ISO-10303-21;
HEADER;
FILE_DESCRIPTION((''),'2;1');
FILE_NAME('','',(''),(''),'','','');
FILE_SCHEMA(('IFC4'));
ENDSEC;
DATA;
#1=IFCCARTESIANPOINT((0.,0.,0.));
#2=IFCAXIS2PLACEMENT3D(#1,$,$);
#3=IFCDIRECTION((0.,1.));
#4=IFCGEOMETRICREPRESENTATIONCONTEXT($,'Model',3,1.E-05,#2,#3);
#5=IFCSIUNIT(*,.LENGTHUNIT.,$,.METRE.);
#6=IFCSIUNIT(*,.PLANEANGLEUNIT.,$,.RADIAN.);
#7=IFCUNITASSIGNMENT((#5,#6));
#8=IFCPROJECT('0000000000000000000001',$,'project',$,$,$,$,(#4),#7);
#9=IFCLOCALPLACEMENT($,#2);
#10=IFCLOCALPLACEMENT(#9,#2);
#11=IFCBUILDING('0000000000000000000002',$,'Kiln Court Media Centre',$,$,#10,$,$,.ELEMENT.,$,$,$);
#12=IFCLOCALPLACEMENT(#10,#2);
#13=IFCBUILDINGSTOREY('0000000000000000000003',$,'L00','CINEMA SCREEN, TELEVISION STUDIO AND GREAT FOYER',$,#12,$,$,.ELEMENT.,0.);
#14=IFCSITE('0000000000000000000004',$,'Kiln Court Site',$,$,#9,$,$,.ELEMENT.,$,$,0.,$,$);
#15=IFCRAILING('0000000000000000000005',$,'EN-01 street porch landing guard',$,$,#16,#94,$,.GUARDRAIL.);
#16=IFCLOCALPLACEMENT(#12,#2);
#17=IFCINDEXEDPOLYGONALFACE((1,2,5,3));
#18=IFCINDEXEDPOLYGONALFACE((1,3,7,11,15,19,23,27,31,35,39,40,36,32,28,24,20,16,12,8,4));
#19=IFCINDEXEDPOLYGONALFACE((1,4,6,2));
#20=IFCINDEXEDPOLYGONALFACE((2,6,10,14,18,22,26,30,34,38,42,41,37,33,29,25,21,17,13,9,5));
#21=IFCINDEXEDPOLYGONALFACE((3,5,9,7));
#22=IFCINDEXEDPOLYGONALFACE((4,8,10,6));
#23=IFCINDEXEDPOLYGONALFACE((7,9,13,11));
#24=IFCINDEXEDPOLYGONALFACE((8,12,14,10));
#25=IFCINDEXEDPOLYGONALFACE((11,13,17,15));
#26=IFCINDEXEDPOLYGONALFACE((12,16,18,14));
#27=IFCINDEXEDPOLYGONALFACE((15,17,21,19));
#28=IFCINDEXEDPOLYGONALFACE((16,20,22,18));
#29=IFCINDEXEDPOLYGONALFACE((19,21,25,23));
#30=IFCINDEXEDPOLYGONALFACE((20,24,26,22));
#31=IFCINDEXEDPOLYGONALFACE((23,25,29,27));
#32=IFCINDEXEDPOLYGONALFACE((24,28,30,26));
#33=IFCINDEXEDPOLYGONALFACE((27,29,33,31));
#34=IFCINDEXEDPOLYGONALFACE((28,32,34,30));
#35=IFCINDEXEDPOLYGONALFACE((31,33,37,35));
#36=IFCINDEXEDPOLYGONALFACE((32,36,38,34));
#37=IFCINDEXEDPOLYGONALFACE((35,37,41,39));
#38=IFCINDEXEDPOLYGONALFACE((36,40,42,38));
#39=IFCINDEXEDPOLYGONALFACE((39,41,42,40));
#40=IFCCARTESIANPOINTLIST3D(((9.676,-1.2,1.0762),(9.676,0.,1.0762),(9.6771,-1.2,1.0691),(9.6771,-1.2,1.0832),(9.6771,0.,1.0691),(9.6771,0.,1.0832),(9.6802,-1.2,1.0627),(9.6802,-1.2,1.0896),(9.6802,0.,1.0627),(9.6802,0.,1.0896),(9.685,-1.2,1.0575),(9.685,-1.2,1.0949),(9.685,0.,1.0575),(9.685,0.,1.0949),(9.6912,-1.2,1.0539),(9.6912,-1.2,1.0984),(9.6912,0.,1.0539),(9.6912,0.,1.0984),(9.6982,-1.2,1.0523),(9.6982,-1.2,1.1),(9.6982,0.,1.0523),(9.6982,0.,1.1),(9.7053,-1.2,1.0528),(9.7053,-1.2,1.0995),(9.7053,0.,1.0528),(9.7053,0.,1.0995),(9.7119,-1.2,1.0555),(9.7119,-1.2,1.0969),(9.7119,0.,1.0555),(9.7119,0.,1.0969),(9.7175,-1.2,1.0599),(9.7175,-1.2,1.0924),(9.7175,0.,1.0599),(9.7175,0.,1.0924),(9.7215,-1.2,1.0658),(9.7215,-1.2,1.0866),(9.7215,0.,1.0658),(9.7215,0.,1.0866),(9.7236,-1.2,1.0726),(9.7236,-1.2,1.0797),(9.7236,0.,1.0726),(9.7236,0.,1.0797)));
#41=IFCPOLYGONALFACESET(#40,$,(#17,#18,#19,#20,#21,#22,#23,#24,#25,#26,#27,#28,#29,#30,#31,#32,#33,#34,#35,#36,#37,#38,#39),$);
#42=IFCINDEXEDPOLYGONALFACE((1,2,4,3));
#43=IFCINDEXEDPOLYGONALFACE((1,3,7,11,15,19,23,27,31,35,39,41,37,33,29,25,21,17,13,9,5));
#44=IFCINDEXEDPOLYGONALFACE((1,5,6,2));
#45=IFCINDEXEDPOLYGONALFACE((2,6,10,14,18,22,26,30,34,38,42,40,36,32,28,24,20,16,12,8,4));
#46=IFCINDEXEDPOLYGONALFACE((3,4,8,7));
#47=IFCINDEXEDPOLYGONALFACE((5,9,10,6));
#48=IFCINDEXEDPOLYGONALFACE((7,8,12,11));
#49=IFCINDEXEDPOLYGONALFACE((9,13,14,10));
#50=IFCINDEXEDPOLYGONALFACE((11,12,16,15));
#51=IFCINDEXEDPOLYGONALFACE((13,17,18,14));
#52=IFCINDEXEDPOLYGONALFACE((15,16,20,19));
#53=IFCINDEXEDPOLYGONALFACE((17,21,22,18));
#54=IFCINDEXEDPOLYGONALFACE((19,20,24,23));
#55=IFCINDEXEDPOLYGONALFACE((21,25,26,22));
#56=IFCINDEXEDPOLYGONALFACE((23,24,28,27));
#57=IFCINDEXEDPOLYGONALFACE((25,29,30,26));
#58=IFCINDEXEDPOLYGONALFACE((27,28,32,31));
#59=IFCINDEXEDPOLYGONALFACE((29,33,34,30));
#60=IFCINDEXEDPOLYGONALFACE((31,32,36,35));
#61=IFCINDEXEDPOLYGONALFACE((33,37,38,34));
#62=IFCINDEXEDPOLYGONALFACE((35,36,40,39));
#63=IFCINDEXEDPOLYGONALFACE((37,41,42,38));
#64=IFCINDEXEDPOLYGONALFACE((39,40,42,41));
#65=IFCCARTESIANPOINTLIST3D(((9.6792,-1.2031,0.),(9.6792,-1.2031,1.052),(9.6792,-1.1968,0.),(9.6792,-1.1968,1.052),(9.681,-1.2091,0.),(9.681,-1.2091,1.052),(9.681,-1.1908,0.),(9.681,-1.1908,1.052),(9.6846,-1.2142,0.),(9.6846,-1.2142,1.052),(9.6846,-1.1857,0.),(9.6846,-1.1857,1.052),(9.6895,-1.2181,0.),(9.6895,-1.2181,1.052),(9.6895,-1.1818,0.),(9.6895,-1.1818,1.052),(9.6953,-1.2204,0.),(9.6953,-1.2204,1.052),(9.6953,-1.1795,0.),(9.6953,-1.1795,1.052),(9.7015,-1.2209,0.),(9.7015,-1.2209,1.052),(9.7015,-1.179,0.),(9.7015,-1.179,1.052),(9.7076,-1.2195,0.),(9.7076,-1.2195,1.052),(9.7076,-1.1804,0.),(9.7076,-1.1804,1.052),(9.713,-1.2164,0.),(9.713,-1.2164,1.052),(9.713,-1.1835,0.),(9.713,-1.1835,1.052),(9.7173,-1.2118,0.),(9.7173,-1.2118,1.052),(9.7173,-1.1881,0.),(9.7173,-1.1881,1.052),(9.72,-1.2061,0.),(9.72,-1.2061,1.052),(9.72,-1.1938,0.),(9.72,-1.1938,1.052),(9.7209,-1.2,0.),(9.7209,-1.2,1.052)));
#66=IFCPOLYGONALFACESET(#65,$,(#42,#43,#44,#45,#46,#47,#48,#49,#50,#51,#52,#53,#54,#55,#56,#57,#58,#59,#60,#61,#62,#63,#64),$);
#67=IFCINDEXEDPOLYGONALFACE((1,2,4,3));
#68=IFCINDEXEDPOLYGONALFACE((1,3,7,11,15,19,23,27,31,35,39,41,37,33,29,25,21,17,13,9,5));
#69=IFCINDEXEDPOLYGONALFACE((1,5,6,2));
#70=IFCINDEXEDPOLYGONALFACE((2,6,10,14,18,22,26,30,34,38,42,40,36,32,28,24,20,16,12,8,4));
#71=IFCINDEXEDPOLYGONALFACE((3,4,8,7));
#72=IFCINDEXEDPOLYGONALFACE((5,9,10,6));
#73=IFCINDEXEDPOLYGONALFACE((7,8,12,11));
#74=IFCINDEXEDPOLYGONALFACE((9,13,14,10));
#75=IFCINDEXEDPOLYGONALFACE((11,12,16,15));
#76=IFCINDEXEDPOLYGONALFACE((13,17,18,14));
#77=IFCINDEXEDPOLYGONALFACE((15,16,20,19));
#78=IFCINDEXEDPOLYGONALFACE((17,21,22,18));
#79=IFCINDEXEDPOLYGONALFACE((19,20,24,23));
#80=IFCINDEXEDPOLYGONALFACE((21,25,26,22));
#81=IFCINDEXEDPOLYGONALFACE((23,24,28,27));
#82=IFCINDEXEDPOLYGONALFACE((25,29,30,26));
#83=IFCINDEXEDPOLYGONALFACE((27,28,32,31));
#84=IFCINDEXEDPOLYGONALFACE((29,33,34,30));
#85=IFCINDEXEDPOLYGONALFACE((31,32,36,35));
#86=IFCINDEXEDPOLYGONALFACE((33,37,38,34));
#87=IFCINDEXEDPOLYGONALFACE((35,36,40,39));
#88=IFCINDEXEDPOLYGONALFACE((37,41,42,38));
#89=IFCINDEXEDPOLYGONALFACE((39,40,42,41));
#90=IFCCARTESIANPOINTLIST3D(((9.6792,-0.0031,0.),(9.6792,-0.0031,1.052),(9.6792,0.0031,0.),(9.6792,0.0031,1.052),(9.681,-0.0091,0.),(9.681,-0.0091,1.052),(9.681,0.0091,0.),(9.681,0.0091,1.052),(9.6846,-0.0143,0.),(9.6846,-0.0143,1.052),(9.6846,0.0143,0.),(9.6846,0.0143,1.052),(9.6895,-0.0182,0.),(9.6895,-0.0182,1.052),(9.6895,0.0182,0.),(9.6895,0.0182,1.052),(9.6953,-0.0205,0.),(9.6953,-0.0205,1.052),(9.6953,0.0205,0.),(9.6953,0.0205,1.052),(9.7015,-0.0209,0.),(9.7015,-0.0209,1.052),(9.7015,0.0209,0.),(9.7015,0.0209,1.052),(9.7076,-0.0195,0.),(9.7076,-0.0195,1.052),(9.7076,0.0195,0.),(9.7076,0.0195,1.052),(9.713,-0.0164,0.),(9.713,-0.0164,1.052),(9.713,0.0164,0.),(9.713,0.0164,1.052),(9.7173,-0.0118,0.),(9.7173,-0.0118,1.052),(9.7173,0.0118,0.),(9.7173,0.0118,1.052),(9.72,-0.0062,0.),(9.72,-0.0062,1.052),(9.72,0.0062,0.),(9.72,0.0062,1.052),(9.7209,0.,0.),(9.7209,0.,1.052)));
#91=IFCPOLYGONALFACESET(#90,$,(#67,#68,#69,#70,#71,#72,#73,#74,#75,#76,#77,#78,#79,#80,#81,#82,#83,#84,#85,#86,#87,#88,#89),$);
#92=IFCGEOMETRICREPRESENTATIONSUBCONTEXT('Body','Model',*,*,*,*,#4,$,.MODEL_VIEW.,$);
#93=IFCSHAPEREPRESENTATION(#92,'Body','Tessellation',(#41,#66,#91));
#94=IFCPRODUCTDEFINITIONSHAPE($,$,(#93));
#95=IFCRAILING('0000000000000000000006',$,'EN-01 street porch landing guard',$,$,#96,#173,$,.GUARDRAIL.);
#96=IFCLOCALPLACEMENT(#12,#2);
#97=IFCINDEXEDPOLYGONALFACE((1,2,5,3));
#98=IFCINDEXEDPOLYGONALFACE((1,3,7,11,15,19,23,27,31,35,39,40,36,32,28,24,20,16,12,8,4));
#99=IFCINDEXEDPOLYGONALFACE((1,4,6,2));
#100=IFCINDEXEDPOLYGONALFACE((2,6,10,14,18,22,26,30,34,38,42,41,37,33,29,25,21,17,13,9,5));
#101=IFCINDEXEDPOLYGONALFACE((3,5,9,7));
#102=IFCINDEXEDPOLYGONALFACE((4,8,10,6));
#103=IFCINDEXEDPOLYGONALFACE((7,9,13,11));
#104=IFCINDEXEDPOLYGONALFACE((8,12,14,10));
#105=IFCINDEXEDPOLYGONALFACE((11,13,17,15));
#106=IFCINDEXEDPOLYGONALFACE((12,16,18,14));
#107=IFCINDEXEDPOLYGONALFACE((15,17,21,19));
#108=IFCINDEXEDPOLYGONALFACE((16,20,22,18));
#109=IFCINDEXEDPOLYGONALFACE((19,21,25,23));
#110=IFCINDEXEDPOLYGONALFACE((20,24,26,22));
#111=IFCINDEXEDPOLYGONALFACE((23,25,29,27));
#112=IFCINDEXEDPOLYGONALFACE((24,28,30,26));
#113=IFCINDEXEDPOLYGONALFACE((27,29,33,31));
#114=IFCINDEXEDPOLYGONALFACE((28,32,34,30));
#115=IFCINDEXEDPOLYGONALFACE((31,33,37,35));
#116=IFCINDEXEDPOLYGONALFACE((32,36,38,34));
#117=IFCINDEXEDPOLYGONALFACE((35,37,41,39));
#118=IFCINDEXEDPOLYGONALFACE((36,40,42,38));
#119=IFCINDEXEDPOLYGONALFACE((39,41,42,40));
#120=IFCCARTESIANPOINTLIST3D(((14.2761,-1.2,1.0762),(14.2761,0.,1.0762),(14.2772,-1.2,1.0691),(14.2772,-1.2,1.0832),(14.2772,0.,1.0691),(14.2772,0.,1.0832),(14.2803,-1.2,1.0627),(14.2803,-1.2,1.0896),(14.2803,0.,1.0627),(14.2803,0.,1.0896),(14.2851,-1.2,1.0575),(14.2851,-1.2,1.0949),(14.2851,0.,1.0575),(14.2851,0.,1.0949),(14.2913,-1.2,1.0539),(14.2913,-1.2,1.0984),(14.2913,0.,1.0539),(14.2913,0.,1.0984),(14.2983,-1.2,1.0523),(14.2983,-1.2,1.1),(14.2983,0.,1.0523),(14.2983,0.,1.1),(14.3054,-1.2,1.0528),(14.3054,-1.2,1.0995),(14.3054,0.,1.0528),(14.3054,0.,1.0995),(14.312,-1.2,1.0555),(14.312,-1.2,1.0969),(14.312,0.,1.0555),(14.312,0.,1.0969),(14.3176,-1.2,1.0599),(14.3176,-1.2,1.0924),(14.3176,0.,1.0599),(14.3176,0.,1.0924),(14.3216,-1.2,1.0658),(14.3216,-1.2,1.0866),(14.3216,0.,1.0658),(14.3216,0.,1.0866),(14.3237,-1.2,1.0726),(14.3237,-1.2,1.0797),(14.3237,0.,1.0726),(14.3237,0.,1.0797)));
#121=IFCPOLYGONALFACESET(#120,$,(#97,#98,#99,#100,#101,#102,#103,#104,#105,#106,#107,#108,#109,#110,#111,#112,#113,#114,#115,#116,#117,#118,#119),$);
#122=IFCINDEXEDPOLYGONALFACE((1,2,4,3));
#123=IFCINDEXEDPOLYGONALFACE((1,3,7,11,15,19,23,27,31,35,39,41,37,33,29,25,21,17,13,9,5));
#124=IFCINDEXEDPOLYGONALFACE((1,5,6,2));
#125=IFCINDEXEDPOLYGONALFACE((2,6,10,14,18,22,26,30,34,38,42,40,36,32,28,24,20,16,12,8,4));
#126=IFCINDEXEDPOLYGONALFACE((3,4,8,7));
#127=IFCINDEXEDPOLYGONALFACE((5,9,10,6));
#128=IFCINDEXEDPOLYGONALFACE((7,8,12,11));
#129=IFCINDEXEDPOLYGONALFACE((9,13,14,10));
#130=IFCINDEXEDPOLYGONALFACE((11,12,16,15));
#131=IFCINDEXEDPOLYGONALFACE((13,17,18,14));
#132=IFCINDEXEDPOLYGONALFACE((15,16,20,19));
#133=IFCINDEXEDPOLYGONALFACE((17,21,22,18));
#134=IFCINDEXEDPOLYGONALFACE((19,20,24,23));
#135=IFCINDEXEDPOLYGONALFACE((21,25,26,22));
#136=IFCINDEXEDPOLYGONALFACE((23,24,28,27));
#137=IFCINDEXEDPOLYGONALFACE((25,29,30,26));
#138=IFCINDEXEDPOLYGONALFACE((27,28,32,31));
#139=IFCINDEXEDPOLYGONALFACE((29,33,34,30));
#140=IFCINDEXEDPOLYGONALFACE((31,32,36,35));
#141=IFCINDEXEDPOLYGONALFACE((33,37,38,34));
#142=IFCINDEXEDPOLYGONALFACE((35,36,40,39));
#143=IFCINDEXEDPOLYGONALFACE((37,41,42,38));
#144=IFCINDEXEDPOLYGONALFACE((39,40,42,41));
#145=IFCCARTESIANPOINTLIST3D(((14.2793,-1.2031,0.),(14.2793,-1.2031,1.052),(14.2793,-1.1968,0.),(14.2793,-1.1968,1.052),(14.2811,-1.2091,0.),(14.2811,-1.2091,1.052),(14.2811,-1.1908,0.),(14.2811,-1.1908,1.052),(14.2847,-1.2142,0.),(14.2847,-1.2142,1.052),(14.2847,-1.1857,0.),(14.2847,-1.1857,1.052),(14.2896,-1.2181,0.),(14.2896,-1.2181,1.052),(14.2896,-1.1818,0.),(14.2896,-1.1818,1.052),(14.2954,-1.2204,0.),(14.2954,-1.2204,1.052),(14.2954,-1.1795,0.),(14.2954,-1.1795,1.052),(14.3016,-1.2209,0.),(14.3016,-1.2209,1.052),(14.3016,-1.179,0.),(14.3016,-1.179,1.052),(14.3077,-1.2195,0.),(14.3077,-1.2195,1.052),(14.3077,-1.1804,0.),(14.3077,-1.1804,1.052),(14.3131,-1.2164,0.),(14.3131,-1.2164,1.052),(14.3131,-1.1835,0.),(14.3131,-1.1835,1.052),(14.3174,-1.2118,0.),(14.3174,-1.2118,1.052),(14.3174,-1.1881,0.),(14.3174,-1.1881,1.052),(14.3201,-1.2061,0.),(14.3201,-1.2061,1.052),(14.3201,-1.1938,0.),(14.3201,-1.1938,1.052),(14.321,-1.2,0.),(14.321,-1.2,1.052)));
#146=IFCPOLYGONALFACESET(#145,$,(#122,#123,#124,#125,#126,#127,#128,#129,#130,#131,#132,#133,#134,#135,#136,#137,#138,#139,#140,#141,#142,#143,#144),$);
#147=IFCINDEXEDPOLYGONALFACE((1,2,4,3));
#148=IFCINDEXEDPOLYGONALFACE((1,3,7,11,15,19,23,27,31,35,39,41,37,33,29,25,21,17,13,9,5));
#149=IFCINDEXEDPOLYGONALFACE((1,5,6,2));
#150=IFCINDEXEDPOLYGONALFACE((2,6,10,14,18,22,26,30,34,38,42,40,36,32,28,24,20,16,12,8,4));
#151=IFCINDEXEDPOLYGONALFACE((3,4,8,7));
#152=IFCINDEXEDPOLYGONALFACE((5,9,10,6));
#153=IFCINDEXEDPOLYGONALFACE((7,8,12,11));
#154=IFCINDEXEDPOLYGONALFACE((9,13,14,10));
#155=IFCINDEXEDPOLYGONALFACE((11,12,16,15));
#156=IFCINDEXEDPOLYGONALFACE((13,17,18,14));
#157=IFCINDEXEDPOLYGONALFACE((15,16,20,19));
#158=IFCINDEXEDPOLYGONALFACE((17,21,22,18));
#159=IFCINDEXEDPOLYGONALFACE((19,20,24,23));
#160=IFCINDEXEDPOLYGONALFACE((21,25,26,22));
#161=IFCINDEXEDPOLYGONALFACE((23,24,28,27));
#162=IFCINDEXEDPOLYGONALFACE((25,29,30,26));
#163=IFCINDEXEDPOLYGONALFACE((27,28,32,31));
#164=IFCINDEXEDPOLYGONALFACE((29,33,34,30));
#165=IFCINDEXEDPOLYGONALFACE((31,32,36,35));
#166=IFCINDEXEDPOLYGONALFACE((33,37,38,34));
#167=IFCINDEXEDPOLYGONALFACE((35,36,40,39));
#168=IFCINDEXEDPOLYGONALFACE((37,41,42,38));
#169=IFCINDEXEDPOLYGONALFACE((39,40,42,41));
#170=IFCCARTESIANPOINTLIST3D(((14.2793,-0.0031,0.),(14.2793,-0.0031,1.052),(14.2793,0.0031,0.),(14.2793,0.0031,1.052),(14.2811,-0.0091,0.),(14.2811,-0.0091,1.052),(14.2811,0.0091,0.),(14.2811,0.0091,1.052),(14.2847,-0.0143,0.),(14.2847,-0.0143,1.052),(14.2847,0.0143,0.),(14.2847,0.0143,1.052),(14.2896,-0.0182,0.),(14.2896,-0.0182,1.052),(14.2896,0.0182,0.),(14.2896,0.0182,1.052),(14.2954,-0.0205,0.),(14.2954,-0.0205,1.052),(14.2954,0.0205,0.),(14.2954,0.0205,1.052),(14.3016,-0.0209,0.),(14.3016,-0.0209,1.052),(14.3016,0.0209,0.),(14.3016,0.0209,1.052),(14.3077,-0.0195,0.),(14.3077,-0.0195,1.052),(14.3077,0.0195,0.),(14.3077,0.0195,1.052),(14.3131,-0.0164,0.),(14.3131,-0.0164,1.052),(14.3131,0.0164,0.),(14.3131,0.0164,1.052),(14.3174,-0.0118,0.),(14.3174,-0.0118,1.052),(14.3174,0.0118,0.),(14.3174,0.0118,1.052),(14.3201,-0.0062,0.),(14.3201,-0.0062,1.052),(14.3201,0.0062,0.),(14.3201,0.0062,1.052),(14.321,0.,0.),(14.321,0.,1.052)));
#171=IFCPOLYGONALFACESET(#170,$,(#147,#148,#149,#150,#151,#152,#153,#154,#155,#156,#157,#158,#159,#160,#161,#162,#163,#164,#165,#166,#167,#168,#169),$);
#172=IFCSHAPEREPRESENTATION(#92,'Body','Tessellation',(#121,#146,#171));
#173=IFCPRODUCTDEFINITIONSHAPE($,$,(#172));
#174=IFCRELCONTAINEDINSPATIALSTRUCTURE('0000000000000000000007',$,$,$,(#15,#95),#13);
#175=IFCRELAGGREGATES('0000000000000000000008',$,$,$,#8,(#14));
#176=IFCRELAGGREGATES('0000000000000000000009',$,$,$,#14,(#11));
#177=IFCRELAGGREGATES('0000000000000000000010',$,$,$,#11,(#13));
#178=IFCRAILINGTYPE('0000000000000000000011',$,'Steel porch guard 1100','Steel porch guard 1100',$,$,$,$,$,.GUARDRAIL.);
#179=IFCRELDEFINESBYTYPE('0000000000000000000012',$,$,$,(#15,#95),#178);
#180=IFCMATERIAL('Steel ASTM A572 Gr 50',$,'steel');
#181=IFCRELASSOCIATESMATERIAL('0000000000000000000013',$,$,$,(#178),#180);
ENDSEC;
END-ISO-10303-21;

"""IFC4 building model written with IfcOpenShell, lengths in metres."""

from ifc_helpers import new_model, si_unit, direction, frame, origin, origin_2d, place, context, subcontext, project, spatial, circle, extrude, material, type_object, element, save


model = new_model("IFC4")

# Units and contexts
model_context = context("Model", 3, precision=1e-05, world=origin(), true_north=direction((0.0, 1.0)))
body_context = subcontext(model_context, "Body", "Model", "MODEL_VIEW")
ifc_project = project(units=[si_unit("LENGTHUNIT", "METRE"), si_unit("PLANEANGLEUNIT", "RADIAN")], contexts=[model_context])

# Site, building, storey
site_placement = place(None, origin())
site = spatial("IfcSite", under=ifc_project, at=site_placement, Name="Kiln Court Site", CompositionType="ELEMENT", RefElevation=0.0)
building_placement = place(site_placement, origin())
building = spatial("IfcBuilding", under=site, at=building_placement, Name="Kiln Court Media Centre", CompositionType="ELEMENT")
storey_placement = place(building_placement, origin())
storey = spatial("IfcBuildingStorey", under=building, at=storey_placement, Name="L00", Description="CINEMA SCREEN, TELEVISION STUDIO AND GREAT FOYER", CompositionType="ELEMENT", Elevation=0.0)

# Railings
ifc_material_1 = material(Name="Steel ASTM A572 Gr 50", Category="steel")
railing_type_1 = type_object("IfcRailingType", Name="Steel porch guard 1100", Description="Steel porch guard 1100", PredefinedType="GUARDRAIL", material=ifc_material_1)
for number, where, name in (
    (1, (9.7, -1.2, 0.0), "EN-01 street porch landing guard"),
    (2, (14.3, -1.2, 0.0), "EN-01 street porch landing guard"),
):
    element("IfcRailing", number, at=place(storey_placement, frame(where)), inside=storey, type_object=railing_type_1, Name=name, PredefinedType="GUARDRAIL", context=body_context, shape_type="SweptSolid", body=[
        extrude(circle(Radius=0.0239, at=origin_2d()), frame((0.0, 0.0, 1.0762), z_axis=(0.0, 1.0, 0.0), x_axis=(-1.0, 0.0, 0.0)), (0.0, 0.0, 1.0), 1.2),
        extrude(circle(Radius=0.021, at=origin_2d()), origin(), (0.0, 0.0, 1.0), 1.052),
        extrude(circle(Radius=0.021, at=origin_2d()), frame((0.0, 1.2, 0.0)), (0.0, 0.0, 1.0), 1.052),
    ])

save(model, "model.ifc")
